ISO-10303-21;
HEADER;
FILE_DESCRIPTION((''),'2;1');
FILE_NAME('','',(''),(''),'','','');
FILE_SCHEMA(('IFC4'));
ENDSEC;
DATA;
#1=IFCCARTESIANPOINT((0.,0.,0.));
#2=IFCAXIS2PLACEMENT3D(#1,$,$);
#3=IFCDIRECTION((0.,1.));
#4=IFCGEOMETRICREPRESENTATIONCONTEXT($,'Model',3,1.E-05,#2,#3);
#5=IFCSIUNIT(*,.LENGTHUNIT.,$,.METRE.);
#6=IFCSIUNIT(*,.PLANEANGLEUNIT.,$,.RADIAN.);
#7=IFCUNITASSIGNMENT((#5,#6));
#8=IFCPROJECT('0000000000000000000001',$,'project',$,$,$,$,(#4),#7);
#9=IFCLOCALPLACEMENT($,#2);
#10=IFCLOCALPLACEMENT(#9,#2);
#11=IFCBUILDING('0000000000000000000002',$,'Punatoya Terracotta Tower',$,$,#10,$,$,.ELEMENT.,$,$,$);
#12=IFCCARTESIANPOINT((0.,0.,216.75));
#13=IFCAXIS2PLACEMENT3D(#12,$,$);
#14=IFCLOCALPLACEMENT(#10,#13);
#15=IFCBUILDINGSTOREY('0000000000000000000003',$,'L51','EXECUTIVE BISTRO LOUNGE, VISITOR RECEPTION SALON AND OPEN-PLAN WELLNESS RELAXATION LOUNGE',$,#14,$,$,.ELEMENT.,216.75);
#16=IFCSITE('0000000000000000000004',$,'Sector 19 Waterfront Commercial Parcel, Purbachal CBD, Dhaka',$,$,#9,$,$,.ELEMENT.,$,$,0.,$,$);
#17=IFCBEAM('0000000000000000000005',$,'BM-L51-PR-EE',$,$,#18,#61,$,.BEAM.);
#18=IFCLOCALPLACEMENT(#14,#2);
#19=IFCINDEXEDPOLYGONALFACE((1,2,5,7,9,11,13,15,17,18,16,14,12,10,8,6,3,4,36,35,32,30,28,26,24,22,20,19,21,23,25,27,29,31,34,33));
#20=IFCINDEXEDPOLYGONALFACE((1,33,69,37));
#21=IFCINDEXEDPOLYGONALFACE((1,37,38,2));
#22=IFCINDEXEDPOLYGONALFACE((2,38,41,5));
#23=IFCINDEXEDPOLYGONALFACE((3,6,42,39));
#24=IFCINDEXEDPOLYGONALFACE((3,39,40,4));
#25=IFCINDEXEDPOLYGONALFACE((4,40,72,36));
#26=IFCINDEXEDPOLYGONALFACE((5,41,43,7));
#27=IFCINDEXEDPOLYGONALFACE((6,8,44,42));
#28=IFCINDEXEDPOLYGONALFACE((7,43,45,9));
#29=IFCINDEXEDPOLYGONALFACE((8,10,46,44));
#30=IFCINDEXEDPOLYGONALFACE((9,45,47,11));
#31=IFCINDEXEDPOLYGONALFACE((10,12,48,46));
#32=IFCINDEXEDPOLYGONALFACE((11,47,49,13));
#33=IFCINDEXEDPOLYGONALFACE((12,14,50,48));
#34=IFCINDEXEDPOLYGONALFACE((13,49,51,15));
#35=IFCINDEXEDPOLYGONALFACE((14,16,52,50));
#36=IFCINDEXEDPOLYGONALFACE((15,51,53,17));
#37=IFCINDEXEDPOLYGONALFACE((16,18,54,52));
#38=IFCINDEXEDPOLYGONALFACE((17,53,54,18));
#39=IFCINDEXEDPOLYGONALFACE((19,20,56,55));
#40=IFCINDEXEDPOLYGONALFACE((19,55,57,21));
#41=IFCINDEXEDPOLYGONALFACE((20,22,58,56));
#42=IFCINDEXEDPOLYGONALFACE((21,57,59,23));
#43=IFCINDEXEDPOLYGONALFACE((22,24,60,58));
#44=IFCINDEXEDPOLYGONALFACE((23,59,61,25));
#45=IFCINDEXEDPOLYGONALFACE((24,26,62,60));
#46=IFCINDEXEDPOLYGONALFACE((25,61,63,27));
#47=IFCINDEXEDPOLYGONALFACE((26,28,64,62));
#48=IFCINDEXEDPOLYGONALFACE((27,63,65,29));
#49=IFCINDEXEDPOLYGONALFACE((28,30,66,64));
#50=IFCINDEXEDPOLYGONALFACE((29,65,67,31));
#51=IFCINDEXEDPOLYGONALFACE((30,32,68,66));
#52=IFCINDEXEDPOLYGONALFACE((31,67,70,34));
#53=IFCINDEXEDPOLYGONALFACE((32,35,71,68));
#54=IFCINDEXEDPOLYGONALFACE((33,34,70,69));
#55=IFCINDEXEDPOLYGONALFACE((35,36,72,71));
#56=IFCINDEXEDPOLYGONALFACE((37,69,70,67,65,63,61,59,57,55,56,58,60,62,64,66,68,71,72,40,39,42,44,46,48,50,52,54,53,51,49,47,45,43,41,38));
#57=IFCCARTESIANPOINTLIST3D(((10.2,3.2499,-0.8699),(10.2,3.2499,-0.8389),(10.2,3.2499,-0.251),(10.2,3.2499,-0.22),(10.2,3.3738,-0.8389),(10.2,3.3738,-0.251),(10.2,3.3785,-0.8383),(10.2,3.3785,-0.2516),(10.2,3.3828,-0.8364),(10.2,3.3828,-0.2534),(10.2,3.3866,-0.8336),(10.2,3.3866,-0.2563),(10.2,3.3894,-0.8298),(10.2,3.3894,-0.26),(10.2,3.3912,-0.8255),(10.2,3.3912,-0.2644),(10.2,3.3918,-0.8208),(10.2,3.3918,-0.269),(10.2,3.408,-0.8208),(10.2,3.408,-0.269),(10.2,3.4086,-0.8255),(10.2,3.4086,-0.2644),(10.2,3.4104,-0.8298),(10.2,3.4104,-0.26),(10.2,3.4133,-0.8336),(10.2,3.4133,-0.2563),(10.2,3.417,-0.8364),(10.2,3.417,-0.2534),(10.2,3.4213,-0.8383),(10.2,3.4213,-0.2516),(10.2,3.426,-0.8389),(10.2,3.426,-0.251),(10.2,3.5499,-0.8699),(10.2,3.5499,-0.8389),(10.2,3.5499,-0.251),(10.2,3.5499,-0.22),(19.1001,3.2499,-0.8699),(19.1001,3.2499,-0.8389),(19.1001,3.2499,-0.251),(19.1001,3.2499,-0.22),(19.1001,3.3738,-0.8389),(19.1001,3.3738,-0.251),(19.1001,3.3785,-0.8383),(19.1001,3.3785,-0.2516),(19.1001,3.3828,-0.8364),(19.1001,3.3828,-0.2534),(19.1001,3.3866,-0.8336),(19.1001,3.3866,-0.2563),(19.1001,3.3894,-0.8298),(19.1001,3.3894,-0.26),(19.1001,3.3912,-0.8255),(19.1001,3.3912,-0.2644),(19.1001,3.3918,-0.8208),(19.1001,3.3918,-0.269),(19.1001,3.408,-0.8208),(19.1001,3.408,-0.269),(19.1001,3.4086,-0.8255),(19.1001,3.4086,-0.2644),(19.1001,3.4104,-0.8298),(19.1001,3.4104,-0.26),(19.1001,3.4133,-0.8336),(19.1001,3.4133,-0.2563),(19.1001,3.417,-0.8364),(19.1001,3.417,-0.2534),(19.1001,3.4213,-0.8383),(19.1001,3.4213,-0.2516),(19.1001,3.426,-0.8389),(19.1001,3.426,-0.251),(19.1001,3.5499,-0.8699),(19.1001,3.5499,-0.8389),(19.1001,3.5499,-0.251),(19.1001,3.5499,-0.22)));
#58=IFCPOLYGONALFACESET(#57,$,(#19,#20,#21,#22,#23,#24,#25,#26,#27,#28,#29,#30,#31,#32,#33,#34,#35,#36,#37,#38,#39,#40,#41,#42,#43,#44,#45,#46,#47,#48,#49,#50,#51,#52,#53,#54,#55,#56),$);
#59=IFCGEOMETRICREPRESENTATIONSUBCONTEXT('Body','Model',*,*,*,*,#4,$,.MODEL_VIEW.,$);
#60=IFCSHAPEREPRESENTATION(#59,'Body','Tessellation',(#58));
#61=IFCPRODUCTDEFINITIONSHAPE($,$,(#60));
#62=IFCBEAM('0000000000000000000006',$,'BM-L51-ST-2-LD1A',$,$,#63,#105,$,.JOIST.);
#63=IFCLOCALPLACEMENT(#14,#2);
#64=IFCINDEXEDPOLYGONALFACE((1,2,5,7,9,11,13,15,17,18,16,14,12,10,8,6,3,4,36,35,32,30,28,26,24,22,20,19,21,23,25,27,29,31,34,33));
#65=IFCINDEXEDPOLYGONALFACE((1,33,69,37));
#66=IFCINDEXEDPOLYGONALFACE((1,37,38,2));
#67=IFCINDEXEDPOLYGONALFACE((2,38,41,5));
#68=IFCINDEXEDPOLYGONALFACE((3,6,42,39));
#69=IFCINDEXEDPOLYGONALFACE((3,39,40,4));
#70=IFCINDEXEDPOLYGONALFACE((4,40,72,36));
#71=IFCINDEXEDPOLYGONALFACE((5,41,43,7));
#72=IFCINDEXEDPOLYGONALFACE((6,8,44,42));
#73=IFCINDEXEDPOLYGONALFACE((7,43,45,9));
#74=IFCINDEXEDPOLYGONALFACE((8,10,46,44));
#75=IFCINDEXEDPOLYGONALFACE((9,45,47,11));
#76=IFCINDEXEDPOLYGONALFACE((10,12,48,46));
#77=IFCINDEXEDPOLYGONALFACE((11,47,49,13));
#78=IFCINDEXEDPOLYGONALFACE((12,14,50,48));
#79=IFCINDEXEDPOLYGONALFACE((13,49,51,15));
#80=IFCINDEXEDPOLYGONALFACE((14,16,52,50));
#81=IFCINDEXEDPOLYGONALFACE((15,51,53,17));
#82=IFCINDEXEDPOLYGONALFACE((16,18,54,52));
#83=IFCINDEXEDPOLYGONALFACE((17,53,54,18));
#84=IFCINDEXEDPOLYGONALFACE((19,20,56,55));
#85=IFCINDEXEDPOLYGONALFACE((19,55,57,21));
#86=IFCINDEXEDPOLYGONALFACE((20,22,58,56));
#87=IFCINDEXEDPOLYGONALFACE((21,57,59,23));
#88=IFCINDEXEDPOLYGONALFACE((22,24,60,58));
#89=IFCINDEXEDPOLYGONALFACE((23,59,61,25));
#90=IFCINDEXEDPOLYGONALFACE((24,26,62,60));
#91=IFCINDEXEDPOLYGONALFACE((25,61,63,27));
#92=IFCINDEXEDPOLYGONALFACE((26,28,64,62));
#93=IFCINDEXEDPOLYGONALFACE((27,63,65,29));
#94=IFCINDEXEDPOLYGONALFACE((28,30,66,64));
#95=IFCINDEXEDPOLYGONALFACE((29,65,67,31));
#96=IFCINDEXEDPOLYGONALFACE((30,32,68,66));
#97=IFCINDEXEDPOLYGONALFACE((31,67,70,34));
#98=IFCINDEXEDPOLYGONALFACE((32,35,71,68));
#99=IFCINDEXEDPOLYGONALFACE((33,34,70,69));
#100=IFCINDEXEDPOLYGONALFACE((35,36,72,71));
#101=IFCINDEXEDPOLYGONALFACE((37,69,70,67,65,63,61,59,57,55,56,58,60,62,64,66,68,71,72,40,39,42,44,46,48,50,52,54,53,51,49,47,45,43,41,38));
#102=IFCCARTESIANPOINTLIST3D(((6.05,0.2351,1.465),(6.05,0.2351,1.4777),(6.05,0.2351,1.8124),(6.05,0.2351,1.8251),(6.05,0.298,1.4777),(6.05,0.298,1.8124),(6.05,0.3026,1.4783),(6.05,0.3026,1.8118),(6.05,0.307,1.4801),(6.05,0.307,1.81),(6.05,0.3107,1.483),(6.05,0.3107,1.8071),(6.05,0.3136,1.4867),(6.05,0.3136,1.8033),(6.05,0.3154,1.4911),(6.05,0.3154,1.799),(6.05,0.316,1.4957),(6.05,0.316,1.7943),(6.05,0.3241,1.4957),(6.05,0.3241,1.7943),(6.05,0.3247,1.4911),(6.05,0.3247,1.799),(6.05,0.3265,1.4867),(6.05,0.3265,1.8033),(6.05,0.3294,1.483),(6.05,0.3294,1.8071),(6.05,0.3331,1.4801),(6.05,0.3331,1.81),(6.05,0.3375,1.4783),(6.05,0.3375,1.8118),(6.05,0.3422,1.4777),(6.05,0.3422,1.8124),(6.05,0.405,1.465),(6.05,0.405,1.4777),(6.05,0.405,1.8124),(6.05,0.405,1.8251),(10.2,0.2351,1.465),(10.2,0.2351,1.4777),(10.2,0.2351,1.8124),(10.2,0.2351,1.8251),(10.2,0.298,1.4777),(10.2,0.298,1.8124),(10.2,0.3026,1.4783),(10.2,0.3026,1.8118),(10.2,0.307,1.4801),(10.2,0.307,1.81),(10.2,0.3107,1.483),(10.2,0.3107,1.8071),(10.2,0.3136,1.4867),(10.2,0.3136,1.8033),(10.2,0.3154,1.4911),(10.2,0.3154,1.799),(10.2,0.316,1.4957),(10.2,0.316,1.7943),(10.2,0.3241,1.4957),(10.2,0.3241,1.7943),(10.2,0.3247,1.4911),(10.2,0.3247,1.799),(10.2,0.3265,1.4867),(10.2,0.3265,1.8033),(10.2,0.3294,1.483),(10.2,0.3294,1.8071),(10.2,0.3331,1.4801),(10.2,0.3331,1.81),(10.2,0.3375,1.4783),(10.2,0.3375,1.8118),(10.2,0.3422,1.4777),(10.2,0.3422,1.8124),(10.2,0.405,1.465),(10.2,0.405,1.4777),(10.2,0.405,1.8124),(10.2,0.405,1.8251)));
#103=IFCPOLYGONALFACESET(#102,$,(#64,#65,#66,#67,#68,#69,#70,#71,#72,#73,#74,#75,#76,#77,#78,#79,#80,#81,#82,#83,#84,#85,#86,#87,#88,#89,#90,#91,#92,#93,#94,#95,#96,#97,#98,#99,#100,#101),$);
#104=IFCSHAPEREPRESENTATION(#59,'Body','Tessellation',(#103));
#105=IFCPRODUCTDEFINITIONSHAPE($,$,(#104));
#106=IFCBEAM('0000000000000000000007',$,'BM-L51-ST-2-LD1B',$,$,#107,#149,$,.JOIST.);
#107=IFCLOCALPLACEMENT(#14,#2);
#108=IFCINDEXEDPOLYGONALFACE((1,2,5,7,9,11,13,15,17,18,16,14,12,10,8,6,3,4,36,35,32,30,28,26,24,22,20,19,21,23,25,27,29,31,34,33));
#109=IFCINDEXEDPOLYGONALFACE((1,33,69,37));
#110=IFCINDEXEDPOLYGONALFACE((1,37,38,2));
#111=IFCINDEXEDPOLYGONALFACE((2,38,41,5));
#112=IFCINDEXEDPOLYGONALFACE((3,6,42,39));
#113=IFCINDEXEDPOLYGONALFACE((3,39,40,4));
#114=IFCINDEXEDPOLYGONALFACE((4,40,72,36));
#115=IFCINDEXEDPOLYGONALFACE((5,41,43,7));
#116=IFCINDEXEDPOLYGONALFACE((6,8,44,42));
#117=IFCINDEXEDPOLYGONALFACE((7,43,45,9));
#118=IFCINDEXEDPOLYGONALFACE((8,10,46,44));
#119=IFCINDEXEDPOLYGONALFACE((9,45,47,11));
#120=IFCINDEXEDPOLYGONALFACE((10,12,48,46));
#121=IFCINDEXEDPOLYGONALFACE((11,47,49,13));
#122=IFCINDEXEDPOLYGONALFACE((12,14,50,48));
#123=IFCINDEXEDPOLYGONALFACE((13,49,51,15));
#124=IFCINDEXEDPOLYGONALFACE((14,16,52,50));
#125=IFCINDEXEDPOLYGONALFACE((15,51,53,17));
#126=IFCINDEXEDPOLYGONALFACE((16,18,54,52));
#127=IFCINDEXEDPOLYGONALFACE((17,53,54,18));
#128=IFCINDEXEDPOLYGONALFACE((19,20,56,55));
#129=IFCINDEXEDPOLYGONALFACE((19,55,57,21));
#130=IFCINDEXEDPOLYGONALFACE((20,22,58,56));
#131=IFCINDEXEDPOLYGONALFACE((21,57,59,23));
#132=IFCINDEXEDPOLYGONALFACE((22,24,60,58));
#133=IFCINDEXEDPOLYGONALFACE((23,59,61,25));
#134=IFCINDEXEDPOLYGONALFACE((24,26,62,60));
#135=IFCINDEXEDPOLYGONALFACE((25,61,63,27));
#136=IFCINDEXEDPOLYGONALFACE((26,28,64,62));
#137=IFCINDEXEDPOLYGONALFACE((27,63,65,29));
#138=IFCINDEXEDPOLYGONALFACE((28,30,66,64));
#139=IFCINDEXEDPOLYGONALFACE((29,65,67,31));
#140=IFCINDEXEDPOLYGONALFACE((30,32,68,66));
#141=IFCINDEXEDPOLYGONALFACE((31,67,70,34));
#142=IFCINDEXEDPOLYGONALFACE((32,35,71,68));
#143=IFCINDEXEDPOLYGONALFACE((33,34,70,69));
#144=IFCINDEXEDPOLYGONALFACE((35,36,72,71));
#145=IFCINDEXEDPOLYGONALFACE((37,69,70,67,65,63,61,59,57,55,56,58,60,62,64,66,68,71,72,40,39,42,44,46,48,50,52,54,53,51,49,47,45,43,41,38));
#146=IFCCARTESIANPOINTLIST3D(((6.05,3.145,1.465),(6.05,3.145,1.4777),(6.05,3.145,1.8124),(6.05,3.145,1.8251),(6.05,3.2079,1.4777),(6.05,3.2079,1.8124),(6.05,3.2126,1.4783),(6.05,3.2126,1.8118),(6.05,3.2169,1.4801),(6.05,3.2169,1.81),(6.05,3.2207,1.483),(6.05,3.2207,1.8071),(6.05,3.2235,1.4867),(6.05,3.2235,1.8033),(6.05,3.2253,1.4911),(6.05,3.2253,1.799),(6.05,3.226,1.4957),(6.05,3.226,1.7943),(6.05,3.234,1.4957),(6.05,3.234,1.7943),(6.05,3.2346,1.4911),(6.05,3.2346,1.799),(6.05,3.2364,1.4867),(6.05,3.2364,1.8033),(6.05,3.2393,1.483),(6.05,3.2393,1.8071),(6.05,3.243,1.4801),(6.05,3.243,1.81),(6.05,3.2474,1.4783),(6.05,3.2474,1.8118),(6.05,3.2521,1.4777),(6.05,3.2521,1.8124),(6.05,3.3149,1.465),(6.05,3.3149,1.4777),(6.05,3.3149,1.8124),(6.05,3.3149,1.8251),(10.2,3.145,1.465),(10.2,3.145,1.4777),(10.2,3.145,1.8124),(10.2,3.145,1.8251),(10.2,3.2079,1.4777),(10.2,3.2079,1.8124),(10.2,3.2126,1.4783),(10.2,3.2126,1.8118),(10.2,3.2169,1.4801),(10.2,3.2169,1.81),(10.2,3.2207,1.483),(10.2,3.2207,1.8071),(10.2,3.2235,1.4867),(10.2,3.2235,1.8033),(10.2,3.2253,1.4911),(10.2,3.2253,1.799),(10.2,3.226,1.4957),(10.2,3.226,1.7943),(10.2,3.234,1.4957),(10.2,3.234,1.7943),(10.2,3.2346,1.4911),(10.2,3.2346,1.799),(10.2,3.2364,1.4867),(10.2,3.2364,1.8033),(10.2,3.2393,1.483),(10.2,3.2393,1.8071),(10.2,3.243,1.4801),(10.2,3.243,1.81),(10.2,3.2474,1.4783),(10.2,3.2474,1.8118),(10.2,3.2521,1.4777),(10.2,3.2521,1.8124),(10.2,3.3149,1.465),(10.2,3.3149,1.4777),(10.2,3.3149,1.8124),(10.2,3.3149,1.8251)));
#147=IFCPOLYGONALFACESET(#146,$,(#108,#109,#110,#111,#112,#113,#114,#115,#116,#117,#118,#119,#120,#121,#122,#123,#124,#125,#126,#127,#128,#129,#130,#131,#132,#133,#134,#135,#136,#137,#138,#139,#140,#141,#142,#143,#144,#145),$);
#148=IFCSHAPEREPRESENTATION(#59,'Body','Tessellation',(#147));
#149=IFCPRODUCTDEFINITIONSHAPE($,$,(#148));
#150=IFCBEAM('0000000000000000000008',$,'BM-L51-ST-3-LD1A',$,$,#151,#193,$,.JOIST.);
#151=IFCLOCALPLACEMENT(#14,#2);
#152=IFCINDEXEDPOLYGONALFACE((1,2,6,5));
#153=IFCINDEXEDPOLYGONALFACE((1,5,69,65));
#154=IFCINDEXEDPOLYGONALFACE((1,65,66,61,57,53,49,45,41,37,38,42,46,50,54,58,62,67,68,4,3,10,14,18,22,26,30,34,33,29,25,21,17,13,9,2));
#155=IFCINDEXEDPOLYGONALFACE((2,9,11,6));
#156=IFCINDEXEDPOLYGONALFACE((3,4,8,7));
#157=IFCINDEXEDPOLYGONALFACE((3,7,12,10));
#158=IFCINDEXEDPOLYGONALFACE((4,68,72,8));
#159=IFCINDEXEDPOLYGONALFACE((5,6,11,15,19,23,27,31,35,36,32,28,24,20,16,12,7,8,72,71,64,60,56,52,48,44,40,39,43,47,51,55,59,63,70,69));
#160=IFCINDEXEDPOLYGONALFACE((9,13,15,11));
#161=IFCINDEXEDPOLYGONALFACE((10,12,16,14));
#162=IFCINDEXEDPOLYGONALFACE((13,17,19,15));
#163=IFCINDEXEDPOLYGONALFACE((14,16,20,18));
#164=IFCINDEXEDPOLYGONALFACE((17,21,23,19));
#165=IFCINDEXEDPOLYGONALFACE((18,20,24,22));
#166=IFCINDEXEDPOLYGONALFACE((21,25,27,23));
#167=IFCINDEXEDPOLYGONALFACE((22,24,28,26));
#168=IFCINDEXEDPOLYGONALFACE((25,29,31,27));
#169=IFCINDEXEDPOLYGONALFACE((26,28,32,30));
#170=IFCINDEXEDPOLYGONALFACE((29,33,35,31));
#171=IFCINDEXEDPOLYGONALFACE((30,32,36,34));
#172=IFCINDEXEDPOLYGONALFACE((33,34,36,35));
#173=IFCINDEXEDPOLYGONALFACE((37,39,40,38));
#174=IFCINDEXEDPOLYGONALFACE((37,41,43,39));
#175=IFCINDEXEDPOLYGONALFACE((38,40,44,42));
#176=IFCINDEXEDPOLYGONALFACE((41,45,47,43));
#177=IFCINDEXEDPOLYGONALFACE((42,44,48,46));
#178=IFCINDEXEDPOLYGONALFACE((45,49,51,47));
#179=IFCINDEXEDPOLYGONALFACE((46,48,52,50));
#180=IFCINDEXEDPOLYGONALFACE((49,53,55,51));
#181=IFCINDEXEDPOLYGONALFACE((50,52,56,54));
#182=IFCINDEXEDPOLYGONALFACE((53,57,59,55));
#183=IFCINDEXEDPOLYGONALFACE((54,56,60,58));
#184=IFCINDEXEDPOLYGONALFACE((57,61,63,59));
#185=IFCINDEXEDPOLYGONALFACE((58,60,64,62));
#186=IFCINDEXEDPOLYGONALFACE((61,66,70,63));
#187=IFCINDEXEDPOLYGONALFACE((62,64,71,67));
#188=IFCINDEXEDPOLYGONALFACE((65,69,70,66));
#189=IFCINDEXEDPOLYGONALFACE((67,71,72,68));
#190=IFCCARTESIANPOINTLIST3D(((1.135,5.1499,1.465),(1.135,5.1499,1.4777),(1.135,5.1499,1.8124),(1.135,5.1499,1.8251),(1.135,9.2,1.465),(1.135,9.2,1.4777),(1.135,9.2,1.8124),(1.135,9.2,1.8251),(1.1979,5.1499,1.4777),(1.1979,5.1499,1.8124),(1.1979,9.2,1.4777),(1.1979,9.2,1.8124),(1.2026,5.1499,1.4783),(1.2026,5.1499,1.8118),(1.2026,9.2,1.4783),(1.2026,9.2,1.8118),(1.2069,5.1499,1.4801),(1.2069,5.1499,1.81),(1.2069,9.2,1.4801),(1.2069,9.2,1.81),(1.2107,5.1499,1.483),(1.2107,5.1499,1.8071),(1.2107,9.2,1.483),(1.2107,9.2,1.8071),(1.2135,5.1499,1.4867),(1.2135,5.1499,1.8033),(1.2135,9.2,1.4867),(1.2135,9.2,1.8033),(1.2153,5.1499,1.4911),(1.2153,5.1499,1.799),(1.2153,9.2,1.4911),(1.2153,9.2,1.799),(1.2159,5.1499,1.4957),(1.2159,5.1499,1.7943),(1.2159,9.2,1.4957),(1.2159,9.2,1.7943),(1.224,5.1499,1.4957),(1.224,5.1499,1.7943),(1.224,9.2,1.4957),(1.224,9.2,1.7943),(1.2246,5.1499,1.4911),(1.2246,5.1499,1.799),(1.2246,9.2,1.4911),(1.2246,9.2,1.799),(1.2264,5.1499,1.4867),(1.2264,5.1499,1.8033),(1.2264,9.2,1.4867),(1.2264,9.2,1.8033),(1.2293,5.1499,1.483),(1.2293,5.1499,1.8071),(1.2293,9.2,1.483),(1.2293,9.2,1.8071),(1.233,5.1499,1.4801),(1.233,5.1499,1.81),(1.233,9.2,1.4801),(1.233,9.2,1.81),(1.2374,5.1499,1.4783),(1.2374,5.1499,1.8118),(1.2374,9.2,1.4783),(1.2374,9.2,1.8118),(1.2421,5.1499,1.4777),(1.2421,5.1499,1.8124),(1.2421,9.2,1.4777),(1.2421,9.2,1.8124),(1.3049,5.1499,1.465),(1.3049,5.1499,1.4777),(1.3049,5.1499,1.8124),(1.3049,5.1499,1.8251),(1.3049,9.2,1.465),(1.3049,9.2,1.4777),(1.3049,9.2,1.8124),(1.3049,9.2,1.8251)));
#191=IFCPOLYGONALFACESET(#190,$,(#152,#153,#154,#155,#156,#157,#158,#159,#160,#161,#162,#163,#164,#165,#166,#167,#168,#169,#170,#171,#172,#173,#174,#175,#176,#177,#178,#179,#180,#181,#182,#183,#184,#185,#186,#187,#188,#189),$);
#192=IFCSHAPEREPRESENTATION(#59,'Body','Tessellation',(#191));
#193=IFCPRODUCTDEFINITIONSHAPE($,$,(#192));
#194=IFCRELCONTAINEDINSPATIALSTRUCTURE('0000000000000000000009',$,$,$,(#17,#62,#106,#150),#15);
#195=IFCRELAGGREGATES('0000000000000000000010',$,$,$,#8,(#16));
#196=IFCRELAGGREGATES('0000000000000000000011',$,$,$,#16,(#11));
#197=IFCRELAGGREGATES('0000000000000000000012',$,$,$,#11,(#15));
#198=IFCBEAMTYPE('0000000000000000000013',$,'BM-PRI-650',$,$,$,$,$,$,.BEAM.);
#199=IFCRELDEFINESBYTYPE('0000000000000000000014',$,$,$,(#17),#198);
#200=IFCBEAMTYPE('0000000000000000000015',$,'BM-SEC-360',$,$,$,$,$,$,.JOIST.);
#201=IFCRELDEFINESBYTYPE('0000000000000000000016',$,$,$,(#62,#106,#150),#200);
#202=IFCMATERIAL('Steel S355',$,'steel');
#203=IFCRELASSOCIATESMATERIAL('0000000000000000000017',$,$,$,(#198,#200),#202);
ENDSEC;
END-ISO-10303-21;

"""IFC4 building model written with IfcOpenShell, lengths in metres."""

from ifc_helpers import new_model, si_unit, direction, frame, origin, origin_2d, place, context, subcontext, project, spatial, i_section, extrude, material, material_profile, profile_set, type_object, element, save


model = new_model("IFC4")

# Units and contexts
model_context = context("Model", 3, precision=1e-05, world=origin(), true_north=direction((0.0, 1.0)))
body_context = subcontext(model_context, "Body", "Model", "MODEL_VIEW")
ifc_project = project(units=[si_unit("LENGTHUNIT", "METRE"), si_unit("PLANEANGLEUNIT", "RADIAN")], contexts=[model_context])

# Site, building, storey
site_placement = place(None, origin())
site = spatial("IfcSite", under=ifc_project, at=site_placement, Name="Sector 19 Waterfront Commercial Parcel, Purbachal CBD, Dhaka", CompositionType="ELEMENT", RefElevation=0.0)
building_placement = place(site_placement, origin())
building = spatial("IfcBuilding", under=site, at=building_placement, Name="Punatoya Terracotta Tower", CompositionType="ELEMENT")
storey_placement = place(building_placement, frame((0.0, 0.0, 216.75)))
storey = spatial("IfcBuildingStorey", under=building, at=storey_placement, Name="L51", Description="EXECUTIVE BISTRO LOUNGE, VISITOR RECEPTION SALON AND OPEN-PLAN WELLNESS RELAXATION LOUNGE", CompositionType="ELEMENT", Elevation=216.75)

# Beams
ifc_material_1 = material(Name="Steel S355", Category="steel")
ifc_material_profile_1 = material_profile(ifc_material_1, i_section(OverallWidth=0.3, OverallDepth=0.6499, WebThickness=0.0161, FlangeThickness=0.031, FilletRadius=0.0181, at=origin_2d()))
ifc_profile_set_1 = profile_set([ifc_material_profile_1], Name="Steel S355")
beam_type_1 = type_object("IfcBeamType", Name="BM-PRI-650", PredefinedType="BEAM", material=ifc_profile_set_1)
beam_placement = place(storey_placement, frame((10.2, 3.3999, -0.5449), z_axis=(1.0, 0.0, 0.0), x_axis=(0.0, 1.0, 0.0)))
element("IfcBeam", 1, at=beam_placement, inside=storey, type_object=beam_type_1, Name="BM-L51-PR-EE", PredefinedType="BEAM", context=body_context, shape_type="SweptSolid", body=[
    extrude(i_section(OverallWidth=0.3, OverallDepth=0.6499, WebThickness=0.0161, FlangeThickness=0.031, FilletRadius=0.0181, at=origin_2d()), origin(), (0.0, 0.0, 1.0), 8.9001),
])
ifc_material_profile_2 = material_profile(ifc_material_1, i_section(OverallWidth=0.1699, OverallDepth=0.3601, WebThickness=0.0081, FlangeThickness=0.0127, FilletRadius=0.0181, at=origin_2d()))
ifc_profile_set_2 = profile_set([ifc_material_profile_2], Name="Steel S355")
beam_type_2 = type_object("IfcBeamType", Name="BM-SEC-360", PredefinedType="JOIST", material=ifc_profile_set_2)
for number, where, z_axis, x_axis, name in (
    (2, (6.05, 0.3201, 1.645), (1.0, 0.0, 0.0), (0.0, 1.0, 0.0), "BM-L51-ST-2-LD1A"),
    (3, (6.05, 3.23, 1.645), (1.0, 0.0, 0.0), (0.0, 1.0, 0.0), "BM-L51-ST-2-LD1B"),
):
    element("IfcBeam", number, at=place(storey_placement, frame(where, z_axis=z_axis, x_axis=x_axis)), inside=storey, type_object=beam_type_2, Name=name, PredefinedType="JOIST", context=body_context, shape_type="SweptSolid", body=[
        extrude(i_section(OverallWidth=0.1699, OverallDepth=0.3601, WebThickness=0.0081, FlangeThickness=0.0127, FilletRadius=0.0181, at=origin_2d()), origin(), (0.0, 0.0, 1.0), 4.1499),
    ])
for number, where, z_axis, x_axis, name in (
    (4, (1.22, 5.1499, 1.645), (0.0, 1.0, 0.0), (-1.0, 0.0, 0.0), "BM-L51-ST-3-LD1A"),
):
    element("IfcBeam", number, at=place(storey_placement, frame(where, z_axis=z_axis, x_axis=x_axis)), inside=storey, type_object=beam_type_2, Name=name, PredefinedType="JOIST", context=body_context, shape_type="SweptSolid", body=[
        extrude(i_section(OverallWidth=0.1699, OverallDepth=0.3601, WebThickness=0.0081, FlangeThickness=0.0127, FilletRadius=0.0181, at=origin_2d()), origin(), (0.0, 0.0, 1.0), 4.05),
    ])

save(model, "model.ifc")
